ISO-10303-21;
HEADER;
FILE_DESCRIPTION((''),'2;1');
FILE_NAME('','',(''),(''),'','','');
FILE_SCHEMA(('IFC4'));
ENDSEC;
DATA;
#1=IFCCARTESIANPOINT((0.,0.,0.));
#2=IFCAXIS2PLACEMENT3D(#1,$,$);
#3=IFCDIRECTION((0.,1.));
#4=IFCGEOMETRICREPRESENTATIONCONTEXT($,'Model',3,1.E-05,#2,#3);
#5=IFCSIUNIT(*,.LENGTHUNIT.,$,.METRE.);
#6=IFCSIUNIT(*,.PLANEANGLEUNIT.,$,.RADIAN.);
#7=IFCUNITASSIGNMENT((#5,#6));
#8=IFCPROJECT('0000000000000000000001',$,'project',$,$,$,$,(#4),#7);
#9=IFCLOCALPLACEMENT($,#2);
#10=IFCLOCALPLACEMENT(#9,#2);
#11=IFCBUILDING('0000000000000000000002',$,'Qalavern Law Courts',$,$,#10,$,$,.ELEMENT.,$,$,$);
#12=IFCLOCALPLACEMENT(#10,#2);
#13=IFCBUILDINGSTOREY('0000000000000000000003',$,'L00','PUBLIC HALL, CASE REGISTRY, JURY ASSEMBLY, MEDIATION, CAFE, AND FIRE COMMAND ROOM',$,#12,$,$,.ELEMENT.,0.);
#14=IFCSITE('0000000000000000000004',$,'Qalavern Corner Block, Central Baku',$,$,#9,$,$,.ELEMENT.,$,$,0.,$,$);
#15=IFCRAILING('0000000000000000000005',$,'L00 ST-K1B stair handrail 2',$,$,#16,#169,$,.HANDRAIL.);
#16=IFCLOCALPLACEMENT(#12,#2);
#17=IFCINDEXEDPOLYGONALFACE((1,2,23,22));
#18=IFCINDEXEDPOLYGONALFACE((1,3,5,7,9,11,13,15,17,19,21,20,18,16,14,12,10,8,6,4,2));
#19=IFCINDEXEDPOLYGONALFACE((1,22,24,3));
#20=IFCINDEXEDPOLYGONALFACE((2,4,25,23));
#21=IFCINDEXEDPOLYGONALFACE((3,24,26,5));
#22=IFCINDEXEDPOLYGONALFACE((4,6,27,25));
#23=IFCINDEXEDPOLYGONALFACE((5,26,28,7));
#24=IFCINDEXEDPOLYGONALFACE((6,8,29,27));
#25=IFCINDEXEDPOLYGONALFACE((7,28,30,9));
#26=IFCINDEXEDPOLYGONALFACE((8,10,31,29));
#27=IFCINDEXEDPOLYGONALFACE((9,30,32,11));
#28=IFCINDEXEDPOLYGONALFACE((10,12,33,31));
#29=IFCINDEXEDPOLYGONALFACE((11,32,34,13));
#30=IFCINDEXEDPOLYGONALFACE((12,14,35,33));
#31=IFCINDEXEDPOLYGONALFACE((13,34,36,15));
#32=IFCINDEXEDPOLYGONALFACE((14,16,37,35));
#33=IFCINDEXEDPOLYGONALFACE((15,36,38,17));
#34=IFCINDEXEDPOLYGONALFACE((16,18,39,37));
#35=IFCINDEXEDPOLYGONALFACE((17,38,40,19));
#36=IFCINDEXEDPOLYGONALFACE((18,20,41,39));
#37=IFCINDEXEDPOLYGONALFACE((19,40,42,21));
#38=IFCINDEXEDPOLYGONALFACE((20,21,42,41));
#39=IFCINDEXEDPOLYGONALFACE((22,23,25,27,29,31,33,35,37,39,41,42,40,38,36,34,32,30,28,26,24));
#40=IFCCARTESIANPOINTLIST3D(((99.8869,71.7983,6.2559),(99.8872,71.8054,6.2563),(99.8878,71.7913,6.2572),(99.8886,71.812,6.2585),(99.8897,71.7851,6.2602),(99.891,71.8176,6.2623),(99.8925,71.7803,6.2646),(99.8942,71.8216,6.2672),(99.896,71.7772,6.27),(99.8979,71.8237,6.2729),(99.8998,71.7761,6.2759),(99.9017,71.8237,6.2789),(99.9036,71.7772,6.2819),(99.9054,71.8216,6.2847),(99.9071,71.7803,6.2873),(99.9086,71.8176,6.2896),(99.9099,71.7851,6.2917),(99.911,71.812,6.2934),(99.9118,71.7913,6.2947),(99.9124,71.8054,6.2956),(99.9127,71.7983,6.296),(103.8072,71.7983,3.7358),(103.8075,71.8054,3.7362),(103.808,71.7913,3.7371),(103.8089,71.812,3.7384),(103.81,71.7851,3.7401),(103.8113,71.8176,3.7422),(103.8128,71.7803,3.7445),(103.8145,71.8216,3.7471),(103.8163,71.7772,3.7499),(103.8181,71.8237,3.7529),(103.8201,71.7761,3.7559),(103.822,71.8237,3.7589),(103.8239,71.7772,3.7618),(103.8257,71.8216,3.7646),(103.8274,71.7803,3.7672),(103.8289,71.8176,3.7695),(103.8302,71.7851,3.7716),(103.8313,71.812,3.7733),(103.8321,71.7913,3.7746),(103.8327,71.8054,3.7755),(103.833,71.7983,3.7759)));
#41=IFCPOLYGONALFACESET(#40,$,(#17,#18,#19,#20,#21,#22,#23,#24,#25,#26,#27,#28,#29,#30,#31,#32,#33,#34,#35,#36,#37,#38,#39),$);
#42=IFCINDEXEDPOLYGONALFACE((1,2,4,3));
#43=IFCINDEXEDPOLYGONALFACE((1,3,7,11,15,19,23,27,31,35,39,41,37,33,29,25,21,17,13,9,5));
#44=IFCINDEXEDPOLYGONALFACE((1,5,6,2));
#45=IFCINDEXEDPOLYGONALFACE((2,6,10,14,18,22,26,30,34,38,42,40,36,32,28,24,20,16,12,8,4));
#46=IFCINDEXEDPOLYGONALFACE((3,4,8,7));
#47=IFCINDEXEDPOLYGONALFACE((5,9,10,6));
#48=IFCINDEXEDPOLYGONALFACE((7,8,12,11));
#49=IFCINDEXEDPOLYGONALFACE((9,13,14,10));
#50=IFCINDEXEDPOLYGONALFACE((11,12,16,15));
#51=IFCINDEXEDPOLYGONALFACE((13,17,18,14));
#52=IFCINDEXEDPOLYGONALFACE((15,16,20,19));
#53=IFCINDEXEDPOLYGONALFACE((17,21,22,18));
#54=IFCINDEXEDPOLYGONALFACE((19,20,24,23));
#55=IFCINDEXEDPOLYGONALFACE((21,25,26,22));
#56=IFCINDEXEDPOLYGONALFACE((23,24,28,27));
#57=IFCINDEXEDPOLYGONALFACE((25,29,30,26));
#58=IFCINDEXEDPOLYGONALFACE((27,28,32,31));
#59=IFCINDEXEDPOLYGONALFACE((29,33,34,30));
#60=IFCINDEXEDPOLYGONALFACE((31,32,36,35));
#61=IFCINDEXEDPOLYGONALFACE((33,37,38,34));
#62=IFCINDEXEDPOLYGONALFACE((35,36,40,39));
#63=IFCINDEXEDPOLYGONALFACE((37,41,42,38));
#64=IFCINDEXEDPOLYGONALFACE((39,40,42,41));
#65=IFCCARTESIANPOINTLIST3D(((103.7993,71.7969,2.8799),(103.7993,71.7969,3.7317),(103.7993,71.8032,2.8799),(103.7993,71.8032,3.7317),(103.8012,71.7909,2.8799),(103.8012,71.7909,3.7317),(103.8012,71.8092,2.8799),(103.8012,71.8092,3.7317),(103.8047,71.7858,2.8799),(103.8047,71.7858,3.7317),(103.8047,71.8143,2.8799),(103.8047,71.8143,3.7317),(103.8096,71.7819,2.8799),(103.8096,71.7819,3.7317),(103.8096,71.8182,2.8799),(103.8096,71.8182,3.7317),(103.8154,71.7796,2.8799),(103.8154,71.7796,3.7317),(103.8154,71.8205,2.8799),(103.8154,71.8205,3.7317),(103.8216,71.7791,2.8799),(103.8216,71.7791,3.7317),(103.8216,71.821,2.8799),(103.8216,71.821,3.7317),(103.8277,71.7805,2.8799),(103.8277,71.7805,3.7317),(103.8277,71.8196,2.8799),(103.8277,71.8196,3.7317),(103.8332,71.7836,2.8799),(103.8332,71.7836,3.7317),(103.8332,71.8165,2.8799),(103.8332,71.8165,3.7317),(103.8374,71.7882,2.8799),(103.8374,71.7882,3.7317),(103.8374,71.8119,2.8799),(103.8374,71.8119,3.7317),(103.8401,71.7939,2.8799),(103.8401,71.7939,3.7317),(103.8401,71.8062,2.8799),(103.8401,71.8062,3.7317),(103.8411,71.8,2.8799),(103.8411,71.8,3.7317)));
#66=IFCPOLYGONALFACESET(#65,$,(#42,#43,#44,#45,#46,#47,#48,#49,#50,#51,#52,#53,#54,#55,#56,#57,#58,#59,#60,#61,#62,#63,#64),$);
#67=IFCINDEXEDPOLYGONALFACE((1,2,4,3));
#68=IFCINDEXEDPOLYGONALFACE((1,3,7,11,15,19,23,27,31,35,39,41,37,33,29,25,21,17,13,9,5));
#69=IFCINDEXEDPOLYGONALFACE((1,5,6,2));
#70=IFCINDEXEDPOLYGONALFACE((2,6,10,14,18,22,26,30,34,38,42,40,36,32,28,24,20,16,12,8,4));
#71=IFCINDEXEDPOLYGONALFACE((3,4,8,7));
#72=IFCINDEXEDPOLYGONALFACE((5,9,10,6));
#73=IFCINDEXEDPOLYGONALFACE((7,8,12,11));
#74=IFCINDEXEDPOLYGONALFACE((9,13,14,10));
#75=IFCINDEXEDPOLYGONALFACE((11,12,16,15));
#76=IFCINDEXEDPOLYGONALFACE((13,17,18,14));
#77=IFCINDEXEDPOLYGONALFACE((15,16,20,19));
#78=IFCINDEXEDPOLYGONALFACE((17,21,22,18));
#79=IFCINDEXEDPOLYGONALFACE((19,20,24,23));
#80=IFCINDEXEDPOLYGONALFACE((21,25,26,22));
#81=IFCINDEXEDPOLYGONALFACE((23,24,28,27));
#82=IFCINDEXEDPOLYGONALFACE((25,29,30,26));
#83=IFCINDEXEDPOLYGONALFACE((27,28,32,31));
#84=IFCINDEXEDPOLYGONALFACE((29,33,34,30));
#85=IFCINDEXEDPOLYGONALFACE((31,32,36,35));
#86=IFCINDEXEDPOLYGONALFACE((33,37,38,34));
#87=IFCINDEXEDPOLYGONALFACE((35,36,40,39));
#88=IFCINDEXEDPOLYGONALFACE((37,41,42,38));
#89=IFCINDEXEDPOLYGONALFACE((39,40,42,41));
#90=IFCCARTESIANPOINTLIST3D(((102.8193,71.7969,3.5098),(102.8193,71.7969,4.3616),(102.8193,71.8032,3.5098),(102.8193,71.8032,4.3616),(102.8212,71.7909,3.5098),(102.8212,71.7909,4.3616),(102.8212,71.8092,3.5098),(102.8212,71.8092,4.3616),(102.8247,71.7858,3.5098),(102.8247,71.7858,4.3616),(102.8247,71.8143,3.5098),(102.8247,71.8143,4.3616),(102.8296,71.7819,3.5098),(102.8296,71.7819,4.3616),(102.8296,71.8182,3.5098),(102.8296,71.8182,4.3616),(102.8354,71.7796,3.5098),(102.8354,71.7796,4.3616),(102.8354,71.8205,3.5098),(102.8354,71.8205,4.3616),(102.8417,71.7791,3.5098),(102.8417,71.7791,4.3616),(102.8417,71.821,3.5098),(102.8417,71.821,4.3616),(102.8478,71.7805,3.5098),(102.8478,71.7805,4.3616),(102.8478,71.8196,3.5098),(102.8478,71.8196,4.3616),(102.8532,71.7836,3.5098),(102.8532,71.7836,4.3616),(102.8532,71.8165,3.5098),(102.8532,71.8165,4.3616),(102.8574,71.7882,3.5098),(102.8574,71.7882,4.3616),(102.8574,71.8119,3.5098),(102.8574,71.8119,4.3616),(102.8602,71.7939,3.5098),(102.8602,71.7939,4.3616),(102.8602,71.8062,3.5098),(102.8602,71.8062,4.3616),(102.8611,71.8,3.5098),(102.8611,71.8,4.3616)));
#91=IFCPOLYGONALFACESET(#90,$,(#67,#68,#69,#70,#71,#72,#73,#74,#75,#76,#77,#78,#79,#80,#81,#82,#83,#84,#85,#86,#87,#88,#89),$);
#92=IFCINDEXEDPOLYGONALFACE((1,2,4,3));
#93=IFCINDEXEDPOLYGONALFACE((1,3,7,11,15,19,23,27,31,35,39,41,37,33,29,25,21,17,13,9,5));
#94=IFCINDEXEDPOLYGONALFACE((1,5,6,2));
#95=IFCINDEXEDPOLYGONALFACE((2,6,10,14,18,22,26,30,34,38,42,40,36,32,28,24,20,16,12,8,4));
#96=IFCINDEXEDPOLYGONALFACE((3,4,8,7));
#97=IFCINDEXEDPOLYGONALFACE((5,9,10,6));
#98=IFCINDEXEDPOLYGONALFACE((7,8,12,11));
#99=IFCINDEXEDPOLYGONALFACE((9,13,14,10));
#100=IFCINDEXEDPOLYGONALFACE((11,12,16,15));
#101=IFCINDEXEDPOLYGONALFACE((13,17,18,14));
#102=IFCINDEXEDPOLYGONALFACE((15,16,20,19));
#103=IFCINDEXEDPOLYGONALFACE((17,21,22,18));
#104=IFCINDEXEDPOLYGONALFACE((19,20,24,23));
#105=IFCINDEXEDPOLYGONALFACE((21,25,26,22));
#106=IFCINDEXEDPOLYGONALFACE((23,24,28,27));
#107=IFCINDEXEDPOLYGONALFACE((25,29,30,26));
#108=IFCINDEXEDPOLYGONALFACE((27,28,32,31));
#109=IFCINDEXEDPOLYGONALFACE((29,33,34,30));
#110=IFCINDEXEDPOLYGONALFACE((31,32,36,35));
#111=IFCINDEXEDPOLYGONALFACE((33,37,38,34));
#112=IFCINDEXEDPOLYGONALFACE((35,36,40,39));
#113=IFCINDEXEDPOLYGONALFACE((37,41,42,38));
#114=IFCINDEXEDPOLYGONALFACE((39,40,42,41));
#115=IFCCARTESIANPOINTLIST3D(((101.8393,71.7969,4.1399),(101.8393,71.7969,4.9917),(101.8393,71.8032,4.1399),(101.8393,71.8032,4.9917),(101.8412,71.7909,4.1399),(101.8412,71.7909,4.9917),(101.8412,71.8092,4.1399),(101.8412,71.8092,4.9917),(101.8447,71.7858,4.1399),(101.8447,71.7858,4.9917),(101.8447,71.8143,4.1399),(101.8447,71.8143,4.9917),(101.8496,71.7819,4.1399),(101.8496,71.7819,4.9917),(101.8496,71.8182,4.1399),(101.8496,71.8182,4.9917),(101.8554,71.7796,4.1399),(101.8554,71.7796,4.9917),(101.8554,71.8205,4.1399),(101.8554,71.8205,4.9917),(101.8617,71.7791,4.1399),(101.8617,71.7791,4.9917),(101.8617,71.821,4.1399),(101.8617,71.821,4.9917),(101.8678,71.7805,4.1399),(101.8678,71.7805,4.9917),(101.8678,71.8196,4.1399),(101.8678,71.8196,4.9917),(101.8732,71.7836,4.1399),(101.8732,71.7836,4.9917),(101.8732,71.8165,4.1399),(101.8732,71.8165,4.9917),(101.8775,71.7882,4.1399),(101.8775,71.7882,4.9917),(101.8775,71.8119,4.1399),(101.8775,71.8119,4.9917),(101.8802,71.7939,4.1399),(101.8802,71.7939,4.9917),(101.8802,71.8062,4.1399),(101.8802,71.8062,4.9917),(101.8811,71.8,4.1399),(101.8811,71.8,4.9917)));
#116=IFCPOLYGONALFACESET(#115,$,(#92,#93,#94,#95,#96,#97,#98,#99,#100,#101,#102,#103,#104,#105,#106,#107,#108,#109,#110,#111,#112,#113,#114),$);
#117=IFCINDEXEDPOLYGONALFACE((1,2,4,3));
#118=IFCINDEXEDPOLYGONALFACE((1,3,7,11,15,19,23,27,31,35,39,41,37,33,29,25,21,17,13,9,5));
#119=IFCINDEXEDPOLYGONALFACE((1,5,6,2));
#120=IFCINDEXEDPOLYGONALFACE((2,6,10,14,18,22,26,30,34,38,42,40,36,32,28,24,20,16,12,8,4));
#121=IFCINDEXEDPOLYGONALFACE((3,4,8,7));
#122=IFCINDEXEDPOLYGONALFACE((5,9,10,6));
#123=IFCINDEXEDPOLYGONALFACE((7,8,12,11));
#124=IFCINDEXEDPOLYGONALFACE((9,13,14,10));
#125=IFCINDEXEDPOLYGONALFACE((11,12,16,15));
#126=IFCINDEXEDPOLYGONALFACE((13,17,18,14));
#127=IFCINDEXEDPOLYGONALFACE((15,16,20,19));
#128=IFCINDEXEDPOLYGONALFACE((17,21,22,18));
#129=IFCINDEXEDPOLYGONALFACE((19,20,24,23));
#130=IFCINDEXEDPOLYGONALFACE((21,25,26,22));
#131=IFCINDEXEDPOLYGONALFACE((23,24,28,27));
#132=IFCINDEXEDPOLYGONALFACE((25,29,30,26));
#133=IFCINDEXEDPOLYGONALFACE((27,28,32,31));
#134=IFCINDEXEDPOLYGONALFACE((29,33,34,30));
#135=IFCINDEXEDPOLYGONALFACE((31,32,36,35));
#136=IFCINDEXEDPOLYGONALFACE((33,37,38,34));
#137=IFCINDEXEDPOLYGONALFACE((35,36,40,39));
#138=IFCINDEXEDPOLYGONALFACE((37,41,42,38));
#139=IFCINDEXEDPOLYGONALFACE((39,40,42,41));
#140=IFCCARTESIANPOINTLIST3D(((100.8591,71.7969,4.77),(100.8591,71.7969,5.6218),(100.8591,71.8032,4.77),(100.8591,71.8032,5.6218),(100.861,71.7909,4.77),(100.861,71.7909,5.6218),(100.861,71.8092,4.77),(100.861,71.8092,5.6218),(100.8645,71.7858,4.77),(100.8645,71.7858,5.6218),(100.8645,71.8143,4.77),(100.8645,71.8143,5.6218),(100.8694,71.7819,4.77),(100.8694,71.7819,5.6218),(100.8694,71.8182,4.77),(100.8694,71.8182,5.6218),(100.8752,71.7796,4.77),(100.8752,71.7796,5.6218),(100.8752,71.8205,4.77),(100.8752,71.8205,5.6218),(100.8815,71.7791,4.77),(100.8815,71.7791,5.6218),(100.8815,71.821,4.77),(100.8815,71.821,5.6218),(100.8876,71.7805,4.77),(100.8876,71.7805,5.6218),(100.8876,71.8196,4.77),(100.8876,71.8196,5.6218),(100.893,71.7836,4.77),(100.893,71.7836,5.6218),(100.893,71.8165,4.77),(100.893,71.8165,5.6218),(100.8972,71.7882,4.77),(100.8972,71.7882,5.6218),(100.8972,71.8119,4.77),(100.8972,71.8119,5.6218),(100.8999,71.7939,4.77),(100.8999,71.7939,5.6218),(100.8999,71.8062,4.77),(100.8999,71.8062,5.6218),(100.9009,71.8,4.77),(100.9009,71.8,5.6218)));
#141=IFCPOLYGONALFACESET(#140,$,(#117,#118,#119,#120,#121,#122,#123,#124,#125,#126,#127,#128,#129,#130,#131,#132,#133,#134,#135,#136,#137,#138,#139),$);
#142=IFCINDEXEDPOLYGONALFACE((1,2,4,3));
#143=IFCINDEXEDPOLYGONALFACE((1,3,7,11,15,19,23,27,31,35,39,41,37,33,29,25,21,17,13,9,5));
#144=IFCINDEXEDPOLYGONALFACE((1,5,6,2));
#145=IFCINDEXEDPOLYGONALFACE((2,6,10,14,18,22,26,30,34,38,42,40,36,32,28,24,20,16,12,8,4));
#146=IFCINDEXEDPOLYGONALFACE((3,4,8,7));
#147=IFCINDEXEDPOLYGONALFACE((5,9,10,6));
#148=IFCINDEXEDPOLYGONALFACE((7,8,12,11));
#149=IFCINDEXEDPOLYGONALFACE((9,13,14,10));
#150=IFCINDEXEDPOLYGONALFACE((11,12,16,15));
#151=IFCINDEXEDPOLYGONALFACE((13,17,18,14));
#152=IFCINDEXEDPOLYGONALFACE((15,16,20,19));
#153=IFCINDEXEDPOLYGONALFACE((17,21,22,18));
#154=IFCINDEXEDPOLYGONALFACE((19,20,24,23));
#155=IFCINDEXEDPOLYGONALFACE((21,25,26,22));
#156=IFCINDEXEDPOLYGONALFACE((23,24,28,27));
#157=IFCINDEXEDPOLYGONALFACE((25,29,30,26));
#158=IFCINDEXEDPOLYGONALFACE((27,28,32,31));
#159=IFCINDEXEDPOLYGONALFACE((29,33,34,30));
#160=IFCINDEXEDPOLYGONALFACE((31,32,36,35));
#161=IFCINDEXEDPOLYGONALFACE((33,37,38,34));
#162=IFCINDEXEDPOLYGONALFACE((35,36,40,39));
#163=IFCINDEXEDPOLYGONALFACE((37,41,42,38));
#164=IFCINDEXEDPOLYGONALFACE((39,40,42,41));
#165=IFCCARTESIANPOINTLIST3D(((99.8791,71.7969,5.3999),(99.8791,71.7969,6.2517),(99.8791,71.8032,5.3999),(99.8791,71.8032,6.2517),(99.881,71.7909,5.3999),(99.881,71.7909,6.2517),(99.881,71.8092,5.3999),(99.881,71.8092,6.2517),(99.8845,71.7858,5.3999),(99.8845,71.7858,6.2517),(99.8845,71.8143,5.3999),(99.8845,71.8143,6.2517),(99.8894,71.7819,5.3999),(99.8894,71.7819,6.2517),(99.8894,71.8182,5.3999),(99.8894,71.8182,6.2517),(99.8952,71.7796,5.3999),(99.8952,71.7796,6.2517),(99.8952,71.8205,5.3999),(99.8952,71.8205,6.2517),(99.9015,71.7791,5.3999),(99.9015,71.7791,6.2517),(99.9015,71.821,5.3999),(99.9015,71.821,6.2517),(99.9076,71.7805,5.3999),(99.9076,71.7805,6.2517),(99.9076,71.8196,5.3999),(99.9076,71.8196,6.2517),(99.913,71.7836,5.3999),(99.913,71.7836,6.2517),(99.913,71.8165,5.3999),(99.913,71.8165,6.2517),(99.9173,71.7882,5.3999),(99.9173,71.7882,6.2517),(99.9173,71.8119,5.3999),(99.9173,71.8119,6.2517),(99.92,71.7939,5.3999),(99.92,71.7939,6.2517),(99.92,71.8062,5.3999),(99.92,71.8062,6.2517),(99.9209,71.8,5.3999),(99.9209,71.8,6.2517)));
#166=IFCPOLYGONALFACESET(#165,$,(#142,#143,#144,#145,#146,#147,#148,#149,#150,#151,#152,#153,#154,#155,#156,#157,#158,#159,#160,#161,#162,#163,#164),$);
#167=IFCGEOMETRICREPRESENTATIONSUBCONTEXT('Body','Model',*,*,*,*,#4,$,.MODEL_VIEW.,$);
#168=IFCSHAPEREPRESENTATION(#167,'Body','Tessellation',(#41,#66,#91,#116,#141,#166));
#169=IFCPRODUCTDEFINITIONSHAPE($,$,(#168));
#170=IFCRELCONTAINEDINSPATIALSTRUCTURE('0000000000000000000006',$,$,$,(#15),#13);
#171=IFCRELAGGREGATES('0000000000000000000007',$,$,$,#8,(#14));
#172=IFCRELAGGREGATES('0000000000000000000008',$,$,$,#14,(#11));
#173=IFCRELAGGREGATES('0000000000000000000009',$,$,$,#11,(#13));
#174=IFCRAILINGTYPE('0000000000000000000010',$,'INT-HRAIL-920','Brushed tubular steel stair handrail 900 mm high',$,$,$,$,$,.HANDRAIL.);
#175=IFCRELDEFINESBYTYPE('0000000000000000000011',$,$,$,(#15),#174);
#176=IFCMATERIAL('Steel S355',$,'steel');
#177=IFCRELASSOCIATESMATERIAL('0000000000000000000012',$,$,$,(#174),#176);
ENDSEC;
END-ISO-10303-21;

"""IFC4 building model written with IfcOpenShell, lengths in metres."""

from ifc_helpers import new_model, si_unit, direction, frame, origin, origin_2d, place, context, subcontext, project, spatial, circle, extrude, material, type_object, element, save


model = new_model("IFC4")

# Units and contexts
model_context = context("Model", 3, precision=1e-05, world=origin(), true_north=direction((0.0, 1.0)))
body_context = subcontext(model_context, "Body", "Model", "MODEL_VIEW")
ifc_project = project(units=[si_unit("LENGTHUNIT", "METRE"), si_unit("PLANEANGLEUNIT", "RADIAN")], contexts=[model_context])

# Site, building, storey
site_placement = place(None, origin())
site = spatial("IfcSite", under=ifc_project, at=site_placement, Name="Qalavern Corner Block, Central Baku", CompositionType="ELEMENT", RefElevation=0.0)
building_placement = place(site_placement, origin())
building = spatial("IfcBuilding", under=site, at=building_placement, Name="Qalavern Law Courts", CompositionType="ELEMENT")
storey_placement = place(building_placement, origin())
storey = spatial("IfcBuildingStorey", under=building, at=storey_placement, Name="L00", Description="PUBLIC HALL, CASE REGISTRY, JURY ASSEMBLY, MEDIATION, CAFE, AND FIRE COMMAND ROOM", CompositionType="ELEMENT", Elevation=0.0)

# Shared definitions
ifc_material_1 = material(Name="Steel S355", Category="steel")

# Railing
railing_type_1 = type_object("IfcRailingType", Name="INT-HRAIL-920", Description="Brushed tubular steel stair handrail 900 mm high", PredefinedType="HANDRAIL", material=ifc_material_1)
railing_1_placement = place(storey_placement, frame((103.8201, 71.8, 2.8799)))
element("IfcRailing", 1, at=railing_1_placement, inside=storey, type_object=railing_type_1, Name="L00 ST-K1B stair handrail 2", PredefinedType="HANDRAIL", context=body_context, shape_type="SweptSolid", body=[
    extrude(circle(Radius=0.0239, at=origin_2d()), frame((0.0, 0.0, 0.876), z_axis=(-0.841187, 0.0, 0.540744), x_axis=(0.0, -1.0, 0.0)), (0.0, 0.0, 1.0), 4.6604),
    extrude(circle(Radius=0.021, at=origin_2d()), origin(), (0.0, 0.0, 1.0), 0.8518),
    extrude(circle(Radius=0.021, at=origin_2d()), frame((-0.98, 0.0, 0.6299)), (0.0, 0.0, 1.0), 0.8518),
    extrude(circle(Radius=0.021, at=origin_2d()), frame((-1.96, 0.0, 1.26)), (0.0, 0.0, 1.0), 0.8518),
    extrude(circle(Radius=0.021, at=origin_2d()), frame((-2.9402, 0.0, 1.8901)), (0.0, 0.0, 1.0), 0.8518),
    extrude(circle(Radius=0.021, at=origin_2d()), frame((-3.9202, 0.0, 2.52)), (0.0, 0.0, 1.0), 0.8518),
])

save(model, "model.ifc")
